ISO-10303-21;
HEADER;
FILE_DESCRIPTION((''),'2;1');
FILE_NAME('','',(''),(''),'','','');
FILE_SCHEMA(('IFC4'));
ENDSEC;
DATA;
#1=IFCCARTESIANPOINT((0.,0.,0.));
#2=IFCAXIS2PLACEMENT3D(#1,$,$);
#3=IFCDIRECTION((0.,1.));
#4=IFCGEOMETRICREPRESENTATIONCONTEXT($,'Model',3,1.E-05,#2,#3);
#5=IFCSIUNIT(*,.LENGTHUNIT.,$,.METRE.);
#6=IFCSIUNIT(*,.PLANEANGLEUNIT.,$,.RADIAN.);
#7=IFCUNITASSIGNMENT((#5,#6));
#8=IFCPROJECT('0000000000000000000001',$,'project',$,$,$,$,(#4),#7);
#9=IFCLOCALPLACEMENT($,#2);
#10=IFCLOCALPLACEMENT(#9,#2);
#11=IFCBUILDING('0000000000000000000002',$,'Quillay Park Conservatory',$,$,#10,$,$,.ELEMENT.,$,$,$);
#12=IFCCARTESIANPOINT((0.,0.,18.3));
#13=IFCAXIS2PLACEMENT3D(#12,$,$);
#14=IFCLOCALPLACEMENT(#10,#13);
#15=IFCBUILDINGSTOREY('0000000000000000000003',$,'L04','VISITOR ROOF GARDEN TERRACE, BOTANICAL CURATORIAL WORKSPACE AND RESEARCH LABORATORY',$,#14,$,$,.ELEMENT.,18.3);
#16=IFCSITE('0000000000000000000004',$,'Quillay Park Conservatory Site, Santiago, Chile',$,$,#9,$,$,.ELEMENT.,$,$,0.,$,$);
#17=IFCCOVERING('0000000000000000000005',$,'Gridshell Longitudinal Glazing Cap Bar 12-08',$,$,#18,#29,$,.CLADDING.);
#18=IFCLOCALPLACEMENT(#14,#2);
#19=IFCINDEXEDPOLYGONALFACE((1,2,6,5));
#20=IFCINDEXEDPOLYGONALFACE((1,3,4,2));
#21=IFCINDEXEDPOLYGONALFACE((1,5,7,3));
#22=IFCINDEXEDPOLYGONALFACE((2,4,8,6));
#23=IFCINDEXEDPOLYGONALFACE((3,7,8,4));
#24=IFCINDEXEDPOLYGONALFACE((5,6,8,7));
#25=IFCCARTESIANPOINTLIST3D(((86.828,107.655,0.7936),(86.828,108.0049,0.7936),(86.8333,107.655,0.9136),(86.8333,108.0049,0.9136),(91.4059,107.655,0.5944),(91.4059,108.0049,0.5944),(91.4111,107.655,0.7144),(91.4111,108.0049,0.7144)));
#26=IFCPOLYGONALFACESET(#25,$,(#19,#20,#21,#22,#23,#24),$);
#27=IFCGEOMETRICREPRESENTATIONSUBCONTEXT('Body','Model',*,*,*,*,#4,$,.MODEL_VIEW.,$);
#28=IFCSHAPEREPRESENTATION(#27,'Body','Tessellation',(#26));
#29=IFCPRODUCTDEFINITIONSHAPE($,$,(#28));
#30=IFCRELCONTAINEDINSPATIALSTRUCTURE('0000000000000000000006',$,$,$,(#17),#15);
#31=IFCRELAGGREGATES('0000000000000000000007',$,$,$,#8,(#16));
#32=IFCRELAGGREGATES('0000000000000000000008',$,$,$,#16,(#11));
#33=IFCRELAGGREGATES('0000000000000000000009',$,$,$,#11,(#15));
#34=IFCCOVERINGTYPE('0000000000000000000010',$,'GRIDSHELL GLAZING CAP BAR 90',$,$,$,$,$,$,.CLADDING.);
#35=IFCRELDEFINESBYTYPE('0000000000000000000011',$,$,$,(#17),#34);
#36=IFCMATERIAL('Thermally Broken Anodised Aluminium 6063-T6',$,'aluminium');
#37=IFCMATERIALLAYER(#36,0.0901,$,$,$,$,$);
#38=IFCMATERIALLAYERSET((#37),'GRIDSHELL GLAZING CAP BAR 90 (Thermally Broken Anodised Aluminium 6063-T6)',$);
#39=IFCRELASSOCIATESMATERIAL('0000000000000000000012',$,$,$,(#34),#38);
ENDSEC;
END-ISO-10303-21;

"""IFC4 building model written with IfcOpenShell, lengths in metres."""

from ifc_helpers import new_model, si_unit, direction, frame, origin, place, context, subcontext, project, spatial, polyline, outline, extrude, material, layer, layer_set, type_object, element, save


model = new_model("IFC4")

# Units and contexts
model_context = context("Model", 3, precision=1e-05, world=origin(), true_north=direction((0.0, 1.0)))
body_context = subcontext(model_context, "Body", "Model", "MODEL_VIEW")
ifc_project = project(units=[si_unit("LENGTHUNIT", "METRE"), si_unit("PLANEANGLEUNIT", "RADIAN")], contexts=[model_context])

# Site, building, storey
site_placement = place(None, origin())
site = spatial("IfcSite", under=ifc_project, at=site_placement, Name="Quillay Park Conservatory Site, Santiago, Chile", CompositionType="ELEMENT", RefElevation=0.0)
building_placement = place(site_placement, origin())
building = spatial("IfcBuilding", under=site, at=building_placement, Name="Quillay Park Conservatory", CompositionType="ELEMENT")
storey_placement = place(building_placement, frame((0.0, 0.0, 18.3)))
storey = spatial("IfcBuildingStorey", under=building, at=storey_placement, Name="L04", Description="VISITOR ROOF GARDEN TERRACE, BOTANICAL CURATORIAL WORKSPACE AND RESEARCH LABORATORY", CompositionType="ELEMENT", Elevation=18.3)

# Covering
ifc_material_1 = material(Name="Thermally Broken Anodised Aluminium 6063-T6", Category="aluminium")
ifc_layer_1 = layer(ifc_material_1, 0.0901)
ifc_layer_set_1 = layer_set([ifc_layer_1], Name="GRIDSHELL GLAZING CAP BAR 90 (Thermally Broken Anodised Aluminium 6063-T6)")
covering_type = type_object("IfcCoveringType", Name="GRIDSHELL GLAZING CAP BAR 90", PredefinedType="CLADDING", material=ifc_layer_set_1)
covering_1_placement = place(storey_placement, frame((86.8333, 107.655, 0.9136), z_axis=(0.043477, 0.0, 0.999054), x_axis=(0.999054, 0.0, -0.043477)))
element("IfcCovering", 1, at=covering_1_placement, inside=storey, type_object=covering_type, Name="Gridshell Longitudinal Glazing Cap Bar 12-08", PredefinedType="CLADDING", context=body_context, shape_type="SweptSolid", body=[
    extrude(outline(polyline([(0.0, 0.0), (4.5822, 0.0), (4.5822, 0.3499), (0.0, 0.3499), (0.0, 0.0)])), origin(), (0.0, 0.0, -1.0), 0.1201),
])

save(model, "model.ifc")
